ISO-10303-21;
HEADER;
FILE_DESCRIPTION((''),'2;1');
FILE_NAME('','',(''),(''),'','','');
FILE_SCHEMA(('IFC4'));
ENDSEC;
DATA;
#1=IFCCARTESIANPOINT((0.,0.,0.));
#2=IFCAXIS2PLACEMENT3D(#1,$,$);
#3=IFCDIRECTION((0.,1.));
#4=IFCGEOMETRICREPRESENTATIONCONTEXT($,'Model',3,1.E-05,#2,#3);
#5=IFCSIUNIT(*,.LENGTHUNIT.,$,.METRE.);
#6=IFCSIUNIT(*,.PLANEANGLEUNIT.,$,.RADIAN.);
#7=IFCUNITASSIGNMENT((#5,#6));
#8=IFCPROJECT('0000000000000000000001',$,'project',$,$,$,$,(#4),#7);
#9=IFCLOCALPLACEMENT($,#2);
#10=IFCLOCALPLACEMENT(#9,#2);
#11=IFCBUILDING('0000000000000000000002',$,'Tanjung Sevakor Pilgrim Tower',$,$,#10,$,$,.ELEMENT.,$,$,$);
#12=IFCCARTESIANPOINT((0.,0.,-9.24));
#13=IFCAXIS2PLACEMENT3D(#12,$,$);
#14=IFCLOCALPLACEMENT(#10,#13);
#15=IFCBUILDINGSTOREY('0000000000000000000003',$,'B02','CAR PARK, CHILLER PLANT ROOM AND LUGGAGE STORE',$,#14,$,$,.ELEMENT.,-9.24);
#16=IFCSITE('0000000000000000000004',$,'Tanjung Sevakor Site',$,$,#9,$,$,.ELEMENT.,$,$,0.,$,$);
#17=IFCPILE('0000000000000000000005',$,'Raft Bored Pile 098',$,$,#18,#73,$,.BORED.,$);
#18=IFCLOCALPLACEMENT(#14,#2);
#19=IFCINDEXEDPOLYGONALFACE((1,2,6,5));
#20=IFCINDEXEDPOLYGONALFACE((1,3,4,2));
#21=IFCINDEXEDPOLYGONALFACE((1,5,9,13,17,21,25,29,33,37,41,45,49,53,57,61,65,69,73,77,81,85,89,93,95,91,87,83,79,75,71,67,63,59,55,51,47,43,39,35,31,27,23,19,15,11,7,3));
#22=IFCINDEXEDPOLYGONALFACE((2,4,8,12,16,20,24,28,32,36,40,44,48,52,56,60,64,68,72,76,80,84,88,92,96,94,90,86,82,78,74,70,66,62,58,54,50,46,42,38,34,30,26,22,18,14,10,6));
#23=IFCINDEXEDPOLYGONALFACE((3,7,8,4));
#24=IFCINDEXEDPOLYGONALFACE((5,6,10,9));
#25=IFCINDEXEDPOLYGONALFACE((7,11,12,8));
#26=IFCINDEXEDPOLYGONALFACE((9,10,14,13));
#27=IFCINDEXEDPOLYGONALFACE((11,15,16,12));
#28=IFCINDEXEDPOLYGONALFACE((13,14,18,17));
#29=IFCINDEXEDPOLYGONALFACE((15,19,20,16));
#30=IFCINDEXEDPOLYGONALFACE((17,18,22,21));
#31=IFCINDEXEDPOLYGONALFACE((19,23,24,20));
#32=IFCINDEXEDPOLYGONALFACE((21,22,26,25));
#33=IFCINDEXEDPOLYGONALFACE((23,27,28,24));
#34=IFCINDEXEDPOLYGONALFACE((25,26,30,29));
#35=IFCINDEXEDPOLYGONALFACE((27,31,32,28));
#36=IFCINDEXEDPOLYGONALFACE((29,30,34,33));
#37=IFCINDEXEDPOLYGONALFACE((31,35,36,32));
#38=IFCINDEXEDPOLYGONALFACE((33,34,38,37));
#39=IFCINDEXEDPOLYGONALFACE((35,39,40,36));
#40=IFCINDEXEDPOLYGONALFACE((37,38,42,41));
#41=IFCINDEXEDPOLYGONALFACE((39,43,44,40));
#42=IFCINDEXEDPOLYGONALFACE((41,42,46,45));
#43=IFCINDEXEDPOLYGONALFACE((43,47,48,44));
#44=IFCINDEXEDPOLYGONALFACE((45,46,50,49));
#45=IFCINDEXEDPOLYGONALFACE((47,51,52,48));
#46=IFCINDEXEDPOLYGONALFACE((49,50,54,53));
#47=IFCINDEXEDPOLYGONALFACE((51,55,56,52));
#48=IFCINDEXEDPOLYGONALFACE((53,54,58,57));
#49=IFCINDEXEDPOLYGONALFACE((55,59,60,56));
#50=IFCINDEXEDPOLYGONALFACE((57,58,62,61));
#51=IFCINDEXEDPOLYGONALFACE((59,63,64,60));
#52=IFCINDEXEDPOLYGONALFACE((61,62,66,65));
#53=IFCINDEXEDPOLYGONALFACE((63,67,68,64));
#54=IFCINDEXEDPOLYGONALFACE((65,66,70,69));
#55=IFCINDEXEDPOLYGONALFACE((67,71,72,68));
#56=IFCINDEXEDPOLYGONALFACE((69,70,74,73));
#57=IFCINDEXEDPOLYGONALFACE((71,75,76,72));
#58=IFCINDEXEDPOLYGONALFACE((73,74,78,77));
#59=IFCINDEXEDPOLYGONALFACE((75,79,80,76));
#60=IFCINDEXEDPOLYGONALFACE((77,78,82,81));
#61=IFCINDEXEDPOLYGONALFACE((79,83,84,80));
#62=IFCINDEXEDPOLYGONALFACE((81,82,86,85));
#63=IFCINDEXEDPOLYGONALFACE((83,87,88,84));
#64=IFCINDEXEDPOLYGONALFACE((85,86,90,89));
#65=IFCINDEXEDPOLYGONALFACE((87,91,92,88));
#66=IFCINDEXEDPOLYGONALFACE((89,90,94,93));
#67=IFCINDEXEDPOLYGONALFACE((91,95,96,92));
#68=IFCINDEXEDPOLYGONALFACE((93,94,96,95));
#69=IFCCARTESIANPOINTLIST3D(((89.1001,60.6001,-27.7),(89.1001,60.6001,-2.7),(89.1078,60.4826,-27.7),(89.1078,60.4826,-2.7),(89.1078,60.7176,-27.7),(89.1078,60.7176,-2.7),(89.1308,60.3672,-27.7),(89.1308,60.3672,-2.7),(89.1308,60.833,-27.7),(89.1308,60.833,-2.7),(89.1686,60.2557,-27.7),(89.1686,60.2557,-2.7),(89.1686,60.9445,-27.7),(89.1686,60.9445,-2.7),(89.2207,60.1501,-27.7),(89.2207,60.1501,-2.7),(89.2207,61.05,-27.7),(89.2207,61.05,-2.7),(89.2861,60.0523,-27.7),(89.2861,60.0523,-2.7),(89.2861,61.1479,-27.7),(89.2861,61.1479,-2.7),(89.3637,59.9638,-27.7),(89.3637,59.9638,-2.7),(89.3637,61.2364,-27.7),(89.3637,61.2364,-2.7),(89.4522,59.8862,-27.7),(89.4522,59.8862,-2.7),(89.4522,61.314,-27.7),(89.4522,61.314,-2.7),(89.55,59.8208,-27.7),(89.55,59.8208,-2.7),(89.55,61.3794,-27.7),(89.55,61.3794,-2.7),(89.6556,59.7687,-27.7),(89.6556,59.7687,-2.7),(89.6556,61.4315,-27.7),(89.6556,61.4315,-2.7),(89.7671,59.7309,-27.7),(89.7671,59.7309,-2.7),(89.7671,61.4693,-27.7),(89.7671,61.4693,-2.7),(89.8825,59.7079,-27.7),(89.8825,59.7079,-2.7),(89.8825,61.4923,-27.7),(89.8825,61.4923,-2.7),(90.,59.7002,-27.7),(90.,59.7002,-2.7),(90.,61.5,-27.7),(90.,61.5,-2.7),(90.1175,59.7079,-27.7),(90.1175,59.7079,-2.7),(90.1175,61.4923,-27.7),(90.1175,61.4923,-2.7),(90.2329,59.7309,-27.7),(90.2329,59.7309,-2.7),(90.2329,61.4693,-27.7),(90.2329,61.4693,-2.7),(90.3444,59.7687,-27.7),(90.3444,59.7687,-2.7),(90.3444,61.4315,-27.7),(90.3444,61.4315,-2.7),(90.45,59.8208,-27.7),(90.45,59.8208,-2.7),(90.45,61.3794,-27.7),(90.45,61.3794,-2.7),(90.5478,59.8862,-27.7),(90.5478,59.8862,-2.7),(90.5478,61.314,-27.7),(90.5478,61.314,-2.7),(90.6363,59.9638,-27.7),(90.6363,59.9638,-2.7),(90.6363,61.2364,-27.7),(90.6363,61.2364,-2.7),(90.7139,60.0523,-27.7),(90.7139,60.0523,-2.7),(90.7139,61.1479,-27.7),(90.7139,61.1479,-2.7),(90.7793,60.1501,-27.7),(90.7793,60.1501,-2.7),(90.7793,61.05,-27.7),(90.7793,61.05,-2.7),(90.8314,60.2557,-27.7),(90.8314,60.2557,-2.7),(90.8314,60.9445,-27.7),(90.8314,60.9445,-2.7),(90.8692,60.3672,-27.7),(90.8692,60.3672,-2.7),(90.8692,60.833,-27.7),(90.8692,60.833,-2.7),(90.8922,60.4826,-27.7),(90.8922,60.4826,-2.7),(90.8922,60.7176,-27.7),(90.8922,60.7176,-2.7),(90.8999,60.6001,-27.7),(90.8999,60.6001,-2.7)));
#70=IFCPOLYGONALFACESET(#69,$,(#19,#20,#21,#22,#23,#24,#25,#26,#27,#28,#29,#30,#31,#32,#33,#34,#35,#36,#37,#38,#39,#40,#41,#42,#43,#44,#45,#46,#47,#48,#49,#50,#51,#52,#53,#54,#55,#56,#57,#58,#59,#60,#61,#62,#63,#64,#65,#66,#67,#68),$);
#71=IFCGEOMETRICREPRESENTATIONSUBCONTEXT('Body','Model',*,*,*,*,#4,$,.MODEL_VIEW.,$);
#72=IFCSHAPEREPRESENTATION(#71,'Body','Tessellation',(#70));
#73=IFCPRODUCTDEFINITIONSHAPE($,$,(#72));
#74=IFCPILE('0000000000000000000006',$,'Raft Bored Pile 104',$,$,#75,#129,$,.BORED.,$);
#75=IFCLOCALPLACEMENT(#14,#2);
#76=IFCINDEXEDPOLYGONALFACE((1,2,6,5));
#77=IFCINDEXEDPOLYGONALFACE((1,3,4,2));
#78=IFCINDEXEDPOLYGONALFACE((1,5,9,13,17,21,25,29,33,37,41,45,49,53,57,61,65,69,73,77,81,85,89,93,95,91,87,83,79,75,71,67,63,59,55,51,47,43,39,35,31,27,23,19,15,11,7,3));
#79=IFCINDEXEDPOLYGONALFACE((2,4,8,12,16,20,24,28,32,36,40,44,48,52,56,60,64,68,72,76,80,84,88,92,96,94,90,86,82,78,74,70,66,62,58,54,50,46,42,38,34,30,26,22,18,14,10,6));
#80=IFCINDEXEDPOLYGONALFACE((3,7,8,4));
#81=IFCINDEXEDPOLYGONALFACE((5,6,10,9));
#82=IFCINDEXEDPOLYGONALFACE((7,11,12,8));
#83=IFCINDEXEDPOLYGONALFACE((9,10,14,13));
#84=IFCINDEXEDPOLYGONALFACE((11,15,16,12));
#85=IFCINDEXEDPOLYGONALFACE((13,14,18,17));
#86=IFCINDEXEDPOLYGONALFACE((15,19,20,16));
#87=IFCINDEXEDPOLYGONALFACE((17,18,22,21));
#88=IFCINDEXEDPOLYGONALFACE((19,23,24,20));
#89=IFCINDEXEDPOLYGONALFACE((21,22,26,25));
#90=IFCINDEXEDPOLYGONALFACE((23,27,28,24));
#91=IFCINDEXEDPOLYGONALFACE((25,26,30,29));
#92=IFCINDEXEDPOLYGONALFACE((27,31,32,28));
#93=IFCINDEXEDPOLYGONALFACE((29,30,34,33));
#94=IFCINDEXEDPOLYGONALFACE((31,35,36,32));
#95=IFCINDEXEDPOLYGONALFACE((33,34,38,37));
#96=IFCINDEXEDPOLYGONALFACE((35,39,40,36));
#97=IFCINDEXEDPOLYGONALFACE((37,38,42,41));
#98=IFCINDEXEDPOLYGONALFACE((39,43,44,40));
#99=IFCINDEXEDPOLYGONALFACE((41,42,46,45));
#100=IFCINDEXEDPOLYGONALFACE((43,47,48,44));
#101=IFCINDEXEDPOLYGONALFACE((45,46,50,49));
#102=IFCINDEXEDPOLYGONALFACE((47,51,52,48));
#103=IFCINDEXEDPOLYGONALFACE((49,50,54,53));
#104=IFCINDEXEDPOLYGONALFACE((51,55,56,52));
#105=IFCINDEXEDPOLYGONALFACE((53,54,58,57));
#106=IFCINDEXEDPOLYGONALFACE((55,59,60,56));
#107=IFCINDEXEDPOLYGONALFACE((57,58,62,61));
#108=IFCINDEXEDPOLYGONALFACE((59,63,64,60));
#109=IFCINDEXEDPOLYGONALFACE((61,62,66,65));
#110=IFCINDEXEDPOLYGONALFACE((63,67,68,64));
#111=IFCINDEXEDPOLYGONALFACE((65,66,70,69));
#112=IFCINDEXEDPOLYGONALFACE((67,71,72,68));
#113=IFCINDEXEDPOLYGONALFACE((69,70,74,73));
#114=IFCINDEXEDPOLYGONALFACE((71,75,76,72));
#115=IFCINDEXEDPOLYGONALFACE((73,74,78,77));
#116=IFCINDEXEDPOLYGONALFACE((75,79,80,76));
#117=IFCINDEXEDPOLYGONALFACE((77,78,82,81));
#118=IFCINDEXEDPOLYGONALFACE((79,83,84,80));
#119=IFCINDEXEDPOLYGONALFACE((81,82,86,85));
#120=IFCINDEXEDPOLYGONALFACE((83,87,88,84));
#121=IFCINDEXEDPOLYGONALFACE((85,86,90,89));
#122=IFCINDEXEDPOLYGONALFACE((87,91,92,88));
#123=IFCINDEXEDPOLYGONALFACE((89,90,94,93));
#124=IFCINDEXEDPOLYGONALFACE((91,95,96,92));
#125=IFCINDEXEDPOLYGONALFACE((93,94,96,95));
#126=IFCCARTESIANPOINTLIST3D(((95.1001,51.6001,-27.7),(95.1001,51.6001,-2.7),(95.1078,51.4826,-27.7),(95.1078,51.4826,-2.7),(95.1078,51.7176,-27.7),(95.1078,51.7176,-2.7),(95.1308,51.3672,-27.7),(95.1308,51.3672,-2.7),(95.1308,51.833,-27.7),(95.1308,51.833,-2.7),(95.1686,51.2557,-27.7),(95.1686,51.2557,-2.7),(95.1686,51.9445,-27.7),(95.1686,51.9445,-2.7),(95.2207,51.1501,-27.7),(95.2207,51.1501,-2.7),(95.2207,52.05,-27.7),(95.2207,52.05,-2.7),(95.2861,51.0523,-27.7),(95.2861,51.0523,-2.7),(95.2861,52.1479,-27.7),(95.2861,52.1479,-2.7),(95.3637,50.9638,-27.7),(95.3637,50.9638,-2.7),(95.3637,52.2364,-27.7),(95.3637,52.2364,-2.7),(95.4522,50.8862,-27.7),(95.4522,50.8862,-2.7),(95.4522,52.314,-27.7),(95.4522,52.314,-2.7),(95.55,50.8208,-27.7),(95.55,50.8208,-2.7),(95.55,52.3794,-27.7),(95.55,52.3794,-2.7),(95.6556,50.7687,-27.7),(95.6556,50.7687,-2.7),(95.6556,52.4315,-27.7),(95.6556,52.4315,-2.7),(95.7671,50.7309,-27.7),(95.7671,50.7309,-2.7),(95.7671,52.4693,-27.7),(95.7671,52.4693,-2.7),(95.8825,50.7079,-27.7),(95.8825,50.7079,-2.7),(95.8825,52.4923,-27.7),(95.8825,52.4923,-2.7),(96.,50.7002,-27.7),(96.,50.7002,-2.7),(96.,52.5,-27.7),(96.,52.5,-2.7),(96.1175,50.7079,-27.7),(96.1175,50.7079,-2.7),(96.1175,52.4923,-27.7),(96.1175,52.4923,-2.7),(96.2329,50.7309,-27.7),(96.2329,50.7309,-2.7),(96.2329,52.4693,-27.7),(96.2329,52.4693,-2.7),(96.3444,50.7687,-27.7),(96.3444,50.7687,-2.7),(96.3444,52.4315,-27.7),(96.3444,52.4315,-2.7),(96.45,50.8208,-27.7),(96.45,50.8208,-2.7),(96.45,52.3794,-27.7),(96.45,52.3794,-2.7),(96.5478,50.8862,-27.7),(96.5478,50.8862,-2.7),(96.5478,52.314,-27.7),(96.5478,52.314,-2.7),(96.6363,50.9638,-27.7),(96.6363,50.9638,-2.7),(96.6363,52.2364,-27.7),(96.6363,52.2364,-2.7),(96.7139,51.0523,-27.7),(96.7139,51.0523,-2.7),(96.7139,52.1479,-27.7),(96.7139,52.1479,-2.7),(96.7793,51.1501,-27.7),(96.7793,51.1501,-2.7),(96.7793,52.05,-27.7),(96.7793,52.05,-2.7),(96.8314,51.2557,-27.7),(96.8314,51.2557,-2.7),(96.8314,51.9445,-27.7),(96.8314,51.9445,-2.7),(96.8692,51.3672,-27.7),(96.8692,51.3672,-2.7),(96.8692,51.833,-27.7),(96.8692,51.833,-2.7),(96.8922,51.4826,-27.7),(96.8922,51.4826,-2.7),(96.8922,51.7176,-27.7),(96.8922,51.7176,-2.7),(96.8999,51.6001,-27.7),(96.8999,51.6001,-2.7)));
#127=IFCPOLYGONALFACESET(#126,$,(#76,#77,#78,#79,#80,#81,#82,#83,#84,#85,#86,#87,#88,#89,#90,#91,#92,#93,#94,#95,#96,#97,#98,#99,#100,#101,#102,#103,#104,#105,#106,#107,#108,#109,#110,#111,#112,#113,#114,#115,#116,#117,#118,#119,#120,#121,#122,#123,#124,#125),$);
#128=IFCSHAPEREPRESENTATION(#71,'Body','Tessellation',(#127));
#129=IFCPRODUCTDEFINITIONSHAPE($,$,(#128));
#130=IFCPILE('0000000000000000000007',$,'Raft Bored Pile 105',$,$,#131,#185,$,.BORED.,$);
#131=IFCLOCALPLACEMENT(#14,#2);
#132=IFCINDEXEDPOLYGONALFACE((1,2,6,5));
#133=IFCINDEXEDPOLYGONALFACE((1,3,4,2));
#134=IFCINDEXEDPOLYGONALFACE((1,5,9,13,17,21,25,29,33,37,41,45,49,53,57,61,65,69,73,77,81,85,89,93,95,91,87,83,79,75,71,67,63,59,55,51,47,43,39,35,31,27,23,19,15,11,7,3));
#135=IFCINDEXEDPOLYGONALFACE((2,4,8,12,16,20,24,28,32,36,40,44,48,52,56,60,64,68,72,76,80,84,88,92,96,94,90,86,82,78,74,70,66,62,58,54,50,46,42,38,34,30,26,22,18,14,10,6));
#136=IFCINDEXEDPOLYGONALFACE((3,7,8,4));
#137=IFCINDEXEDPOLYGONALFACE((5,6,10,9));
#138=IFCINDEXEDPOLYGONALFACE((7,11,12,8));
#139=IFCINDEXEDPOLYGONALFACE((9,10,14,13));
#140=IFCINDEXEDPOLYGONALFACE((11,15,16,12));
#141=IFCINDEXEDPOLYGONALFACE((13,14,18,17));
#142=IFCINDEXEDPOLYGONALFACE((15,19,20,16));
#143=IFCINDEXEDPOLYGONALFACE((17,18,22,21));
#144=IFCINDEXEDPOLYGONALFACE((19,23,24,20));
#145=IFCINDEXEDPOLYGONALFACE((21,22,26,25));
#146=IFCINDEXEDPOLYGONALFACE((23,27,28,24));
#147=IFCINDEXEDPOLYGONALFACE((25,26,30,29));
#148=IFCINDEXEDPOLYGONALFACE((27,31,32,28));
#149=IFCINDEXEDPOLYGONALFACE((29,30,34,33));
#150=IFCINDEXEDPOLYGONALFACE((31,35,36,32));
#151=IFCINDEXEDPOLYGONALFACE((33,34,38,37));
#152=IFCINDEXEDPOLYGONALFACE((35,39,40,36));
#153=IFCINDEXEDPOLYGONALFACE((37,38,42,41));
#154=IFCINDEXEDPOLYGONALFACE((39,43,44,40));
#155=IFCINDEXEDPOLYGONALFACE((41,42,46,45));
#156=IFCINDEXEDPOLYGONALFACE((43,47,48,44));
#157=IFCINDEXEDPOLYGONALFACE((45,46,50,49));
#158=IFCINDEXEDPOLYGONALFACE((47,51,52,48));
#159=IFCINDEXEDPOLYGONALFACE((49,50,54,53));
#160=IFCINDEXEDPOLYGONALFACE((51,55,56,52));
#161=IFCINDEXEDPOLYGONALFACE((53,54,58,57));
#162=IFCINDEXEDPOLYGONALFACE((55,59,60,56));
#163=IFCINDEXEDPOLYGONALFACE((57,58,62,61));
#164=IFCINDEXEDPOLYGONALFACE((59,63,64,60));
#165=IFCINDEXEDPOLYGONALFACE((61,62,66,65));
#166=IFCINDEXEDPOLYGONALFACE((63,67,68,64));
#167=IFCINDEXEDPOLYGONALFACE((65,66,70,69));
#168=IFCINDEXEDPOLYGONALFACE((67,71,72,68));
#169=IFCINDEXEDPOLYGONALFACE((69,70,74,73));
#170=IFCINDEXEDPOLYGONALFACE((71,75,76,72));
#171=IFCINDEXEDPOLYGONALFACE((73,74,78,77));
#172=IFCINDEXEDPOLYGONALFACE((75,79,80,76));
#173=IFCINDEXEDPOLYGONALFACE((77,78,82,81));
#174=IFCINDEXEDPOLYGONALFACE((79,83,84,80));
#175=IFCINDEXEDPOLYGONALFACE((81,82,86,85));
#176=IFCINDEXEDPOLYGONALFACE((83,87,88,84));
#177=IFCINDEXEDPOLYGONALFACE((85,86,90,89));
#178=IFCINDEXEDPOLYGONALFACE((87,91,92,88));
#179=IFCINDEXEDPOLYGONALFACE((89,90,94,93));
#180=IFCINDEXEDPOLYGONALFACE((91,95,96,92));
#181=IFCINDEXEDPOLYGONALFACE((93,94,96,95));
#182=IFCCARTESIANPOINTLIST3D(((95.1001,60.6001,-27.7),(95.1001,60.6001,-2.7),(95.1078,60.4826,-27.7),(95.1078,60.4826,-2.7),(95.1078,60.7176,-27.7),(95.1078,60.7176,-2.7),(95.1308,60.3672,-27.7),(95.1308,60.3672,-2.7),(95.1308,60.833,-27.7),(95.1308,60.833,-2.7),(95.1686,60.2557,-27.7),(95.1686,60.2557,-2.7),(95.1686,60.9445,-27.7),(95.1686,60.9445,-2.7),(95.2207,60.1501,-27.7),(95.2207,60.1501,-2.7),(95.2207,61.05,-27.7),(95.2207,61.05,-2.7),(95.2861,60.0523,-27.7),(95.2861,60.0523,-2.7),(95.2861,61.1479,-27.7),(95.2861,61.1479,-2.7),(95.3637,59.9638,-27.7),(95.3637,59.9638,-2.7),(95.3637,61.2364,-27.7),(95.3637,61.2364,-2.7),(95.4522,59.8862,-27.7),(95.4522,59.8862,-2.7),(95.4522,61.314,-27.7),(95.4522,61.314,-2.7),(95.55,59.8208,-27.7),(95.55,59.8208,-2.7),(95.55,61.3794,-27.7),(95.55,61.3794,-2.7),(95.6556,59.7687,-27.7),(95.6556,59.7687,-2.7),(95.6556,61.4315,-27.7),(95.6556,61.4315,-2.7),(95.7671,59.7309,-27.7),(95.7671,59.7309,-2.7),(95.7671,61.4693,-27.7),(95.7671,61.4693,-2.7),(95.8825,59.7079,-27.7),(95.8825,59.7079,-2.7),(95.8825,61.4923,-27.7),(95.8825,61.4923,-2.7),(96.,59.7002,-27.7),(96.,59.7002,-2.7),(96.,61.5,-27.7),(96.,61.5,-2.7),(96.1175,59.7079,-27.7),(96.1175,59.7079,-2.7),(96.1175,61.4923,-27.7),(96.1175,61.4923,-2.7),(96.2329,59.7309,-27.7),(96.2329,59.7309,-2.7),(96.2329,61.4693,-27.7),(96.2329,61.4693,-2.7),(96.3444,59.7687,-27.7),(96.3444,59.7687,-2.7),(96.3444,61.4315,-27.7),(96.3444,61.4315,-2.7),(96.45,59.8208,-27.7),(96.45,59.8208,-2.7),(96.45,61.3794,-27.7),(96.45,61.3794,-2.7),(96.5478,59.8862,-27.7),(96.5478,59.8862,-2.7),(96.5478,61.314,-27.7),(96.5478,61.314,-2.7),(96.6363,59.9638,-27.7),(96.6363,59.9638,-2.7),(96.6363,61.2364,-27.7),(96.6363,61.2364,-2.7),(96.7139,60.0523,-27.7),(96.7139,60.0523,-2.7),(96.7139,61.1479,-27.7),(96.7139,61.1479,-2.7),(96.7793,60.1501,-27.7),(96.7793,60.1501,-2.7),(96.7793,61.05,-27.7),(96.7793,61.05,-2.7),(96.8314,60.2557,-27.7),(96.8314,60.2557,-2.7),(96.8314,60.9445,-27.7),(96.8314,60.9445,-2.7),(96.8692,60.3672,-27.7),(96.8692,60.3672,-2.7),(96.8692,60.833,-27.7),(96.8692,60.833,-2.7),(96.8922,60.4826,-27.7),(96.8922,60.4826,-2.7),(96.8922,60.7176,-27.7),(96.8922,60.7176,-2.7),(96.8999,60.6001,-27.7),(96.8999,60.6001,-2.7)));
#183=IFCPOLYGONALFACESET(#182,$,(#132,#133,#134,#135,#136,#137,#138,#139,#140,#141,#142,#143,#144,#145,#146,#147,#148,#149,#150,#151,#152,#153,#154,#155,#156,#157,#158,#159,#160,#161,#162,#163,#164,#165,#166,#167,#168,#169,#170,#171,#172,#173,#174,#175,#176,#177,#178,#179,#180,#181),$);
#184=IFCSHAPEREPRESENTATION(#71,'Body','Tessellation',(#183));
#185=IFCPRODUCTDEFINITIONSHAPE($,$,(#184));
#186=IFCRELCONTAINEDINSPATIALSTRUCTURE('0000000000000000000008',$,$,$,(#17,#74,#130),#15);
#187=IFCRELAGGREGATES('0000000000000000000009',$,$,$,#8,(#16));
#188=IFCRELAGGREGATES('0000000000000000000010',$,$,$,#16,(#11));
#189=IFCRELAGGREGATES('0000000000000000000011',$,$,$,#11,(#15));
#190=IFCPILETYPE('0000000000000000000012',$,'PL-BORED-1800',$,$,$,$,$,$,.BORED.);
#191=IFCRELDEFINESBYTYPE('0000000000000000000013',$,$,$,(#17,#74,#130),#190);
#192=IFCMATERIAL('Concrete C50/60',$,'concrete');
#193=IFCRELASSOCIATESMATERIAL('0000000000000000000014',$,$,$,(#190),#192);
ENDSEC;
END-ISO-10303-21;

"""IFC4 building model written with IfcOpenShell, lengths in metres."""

from ifc_helpers import new_model, si_unit, direction, frame, origin, origin_2d, place, context, subcontext, project, spatial, circle, extrude, material, material_profile, profile_set, type_object, element, save


model = new_model("IFC4")

# Units and contexts
model_context = context("Model", 3, precision=1e-05, world=origin(), true_north=direction((0.0, 1.0)))
body_context = subcontext(model_context, "Body", "Model", "MODEL_VIEW")
ifc_project = project(units=[si_unit("LENGTHUNIT", "METRE"), si_unit("PLANEANGLEUNIT", "RADIAN")], contexts=[model_context])

# Site, building, storey
site_placement = place(None, origin())
site = spatial("IfcSite", under=ifc_project, at=site_placement, Name="Tanjung Sevakor Site", CompositionType="ELEMENT", RefElevation=0.0)
building_placement = place(site_placement, origin())
building = spatial("IfcBuilding", under=site, at=building_placement, Name="Tanjung Sevakor Pilgrim Tower", CompositionType="ELEMENT")
storey_placement = place(building_placement, frame((0.0, 0.0, -9.24)))
storey = spatial("IfcBuildingStorey", under=building, at=storey_placement, Name="B02", Description="CAR PARK, CHILLER PLANT ROOM AND LUGGAGE STORE", CompositionType="ELEMENT", Elevation=-9.24)

# Piles
ifc_material_1 = material(Name="Concrete C50/60", Category="concrete")
ifc_material_profile_1 = material_profile(ifc_material_1, circle(Radius=0.8999, at=origin_2d()))
ifc_profile_set_1 = profile_set([ifc_material_profile_1], Name="Concrete C50/60")
pile_type_1 = type_object("IfcPileType", Name="PL-BORED-1800", PredefinedType="BORED", material=ifc_profile_set_1)
for number, where, z_axis, x_axis, name in (
    (1, (90.0, 60.6001, -2.7), (0.0, 0.0, -1.0), (1.0, 0.0, 0.0), "Raft Bored Pile 098"),
    (2, (96.0, 51.6001, -2.7), (0.0, 0.0, -1.0), (1.0, 0.0, 0.0), "Raft Bored Pile 104"),
    (3, (96.0, 60.6001, -2.7), (0.0, 0.0, -1.0), (1.0, 0.0, 0.0), "Raft Bored Pile 105"),
):
    element("IfcPile", number, at=place(storey_placement, frame(where, z_axis=z_axis, x_axis=x_axis)), inside=storey, type_object=pile_type_1, Name=name, PredefinedType="BORED", context=body_context, shape_type="SweptSolid", body=[
        extrude(circle(Radius=0.8999, at=origin_2d()), origin(), (0.0, 0.0, 1.0), 25.0),
    ])

save(model, "model.ifc")
